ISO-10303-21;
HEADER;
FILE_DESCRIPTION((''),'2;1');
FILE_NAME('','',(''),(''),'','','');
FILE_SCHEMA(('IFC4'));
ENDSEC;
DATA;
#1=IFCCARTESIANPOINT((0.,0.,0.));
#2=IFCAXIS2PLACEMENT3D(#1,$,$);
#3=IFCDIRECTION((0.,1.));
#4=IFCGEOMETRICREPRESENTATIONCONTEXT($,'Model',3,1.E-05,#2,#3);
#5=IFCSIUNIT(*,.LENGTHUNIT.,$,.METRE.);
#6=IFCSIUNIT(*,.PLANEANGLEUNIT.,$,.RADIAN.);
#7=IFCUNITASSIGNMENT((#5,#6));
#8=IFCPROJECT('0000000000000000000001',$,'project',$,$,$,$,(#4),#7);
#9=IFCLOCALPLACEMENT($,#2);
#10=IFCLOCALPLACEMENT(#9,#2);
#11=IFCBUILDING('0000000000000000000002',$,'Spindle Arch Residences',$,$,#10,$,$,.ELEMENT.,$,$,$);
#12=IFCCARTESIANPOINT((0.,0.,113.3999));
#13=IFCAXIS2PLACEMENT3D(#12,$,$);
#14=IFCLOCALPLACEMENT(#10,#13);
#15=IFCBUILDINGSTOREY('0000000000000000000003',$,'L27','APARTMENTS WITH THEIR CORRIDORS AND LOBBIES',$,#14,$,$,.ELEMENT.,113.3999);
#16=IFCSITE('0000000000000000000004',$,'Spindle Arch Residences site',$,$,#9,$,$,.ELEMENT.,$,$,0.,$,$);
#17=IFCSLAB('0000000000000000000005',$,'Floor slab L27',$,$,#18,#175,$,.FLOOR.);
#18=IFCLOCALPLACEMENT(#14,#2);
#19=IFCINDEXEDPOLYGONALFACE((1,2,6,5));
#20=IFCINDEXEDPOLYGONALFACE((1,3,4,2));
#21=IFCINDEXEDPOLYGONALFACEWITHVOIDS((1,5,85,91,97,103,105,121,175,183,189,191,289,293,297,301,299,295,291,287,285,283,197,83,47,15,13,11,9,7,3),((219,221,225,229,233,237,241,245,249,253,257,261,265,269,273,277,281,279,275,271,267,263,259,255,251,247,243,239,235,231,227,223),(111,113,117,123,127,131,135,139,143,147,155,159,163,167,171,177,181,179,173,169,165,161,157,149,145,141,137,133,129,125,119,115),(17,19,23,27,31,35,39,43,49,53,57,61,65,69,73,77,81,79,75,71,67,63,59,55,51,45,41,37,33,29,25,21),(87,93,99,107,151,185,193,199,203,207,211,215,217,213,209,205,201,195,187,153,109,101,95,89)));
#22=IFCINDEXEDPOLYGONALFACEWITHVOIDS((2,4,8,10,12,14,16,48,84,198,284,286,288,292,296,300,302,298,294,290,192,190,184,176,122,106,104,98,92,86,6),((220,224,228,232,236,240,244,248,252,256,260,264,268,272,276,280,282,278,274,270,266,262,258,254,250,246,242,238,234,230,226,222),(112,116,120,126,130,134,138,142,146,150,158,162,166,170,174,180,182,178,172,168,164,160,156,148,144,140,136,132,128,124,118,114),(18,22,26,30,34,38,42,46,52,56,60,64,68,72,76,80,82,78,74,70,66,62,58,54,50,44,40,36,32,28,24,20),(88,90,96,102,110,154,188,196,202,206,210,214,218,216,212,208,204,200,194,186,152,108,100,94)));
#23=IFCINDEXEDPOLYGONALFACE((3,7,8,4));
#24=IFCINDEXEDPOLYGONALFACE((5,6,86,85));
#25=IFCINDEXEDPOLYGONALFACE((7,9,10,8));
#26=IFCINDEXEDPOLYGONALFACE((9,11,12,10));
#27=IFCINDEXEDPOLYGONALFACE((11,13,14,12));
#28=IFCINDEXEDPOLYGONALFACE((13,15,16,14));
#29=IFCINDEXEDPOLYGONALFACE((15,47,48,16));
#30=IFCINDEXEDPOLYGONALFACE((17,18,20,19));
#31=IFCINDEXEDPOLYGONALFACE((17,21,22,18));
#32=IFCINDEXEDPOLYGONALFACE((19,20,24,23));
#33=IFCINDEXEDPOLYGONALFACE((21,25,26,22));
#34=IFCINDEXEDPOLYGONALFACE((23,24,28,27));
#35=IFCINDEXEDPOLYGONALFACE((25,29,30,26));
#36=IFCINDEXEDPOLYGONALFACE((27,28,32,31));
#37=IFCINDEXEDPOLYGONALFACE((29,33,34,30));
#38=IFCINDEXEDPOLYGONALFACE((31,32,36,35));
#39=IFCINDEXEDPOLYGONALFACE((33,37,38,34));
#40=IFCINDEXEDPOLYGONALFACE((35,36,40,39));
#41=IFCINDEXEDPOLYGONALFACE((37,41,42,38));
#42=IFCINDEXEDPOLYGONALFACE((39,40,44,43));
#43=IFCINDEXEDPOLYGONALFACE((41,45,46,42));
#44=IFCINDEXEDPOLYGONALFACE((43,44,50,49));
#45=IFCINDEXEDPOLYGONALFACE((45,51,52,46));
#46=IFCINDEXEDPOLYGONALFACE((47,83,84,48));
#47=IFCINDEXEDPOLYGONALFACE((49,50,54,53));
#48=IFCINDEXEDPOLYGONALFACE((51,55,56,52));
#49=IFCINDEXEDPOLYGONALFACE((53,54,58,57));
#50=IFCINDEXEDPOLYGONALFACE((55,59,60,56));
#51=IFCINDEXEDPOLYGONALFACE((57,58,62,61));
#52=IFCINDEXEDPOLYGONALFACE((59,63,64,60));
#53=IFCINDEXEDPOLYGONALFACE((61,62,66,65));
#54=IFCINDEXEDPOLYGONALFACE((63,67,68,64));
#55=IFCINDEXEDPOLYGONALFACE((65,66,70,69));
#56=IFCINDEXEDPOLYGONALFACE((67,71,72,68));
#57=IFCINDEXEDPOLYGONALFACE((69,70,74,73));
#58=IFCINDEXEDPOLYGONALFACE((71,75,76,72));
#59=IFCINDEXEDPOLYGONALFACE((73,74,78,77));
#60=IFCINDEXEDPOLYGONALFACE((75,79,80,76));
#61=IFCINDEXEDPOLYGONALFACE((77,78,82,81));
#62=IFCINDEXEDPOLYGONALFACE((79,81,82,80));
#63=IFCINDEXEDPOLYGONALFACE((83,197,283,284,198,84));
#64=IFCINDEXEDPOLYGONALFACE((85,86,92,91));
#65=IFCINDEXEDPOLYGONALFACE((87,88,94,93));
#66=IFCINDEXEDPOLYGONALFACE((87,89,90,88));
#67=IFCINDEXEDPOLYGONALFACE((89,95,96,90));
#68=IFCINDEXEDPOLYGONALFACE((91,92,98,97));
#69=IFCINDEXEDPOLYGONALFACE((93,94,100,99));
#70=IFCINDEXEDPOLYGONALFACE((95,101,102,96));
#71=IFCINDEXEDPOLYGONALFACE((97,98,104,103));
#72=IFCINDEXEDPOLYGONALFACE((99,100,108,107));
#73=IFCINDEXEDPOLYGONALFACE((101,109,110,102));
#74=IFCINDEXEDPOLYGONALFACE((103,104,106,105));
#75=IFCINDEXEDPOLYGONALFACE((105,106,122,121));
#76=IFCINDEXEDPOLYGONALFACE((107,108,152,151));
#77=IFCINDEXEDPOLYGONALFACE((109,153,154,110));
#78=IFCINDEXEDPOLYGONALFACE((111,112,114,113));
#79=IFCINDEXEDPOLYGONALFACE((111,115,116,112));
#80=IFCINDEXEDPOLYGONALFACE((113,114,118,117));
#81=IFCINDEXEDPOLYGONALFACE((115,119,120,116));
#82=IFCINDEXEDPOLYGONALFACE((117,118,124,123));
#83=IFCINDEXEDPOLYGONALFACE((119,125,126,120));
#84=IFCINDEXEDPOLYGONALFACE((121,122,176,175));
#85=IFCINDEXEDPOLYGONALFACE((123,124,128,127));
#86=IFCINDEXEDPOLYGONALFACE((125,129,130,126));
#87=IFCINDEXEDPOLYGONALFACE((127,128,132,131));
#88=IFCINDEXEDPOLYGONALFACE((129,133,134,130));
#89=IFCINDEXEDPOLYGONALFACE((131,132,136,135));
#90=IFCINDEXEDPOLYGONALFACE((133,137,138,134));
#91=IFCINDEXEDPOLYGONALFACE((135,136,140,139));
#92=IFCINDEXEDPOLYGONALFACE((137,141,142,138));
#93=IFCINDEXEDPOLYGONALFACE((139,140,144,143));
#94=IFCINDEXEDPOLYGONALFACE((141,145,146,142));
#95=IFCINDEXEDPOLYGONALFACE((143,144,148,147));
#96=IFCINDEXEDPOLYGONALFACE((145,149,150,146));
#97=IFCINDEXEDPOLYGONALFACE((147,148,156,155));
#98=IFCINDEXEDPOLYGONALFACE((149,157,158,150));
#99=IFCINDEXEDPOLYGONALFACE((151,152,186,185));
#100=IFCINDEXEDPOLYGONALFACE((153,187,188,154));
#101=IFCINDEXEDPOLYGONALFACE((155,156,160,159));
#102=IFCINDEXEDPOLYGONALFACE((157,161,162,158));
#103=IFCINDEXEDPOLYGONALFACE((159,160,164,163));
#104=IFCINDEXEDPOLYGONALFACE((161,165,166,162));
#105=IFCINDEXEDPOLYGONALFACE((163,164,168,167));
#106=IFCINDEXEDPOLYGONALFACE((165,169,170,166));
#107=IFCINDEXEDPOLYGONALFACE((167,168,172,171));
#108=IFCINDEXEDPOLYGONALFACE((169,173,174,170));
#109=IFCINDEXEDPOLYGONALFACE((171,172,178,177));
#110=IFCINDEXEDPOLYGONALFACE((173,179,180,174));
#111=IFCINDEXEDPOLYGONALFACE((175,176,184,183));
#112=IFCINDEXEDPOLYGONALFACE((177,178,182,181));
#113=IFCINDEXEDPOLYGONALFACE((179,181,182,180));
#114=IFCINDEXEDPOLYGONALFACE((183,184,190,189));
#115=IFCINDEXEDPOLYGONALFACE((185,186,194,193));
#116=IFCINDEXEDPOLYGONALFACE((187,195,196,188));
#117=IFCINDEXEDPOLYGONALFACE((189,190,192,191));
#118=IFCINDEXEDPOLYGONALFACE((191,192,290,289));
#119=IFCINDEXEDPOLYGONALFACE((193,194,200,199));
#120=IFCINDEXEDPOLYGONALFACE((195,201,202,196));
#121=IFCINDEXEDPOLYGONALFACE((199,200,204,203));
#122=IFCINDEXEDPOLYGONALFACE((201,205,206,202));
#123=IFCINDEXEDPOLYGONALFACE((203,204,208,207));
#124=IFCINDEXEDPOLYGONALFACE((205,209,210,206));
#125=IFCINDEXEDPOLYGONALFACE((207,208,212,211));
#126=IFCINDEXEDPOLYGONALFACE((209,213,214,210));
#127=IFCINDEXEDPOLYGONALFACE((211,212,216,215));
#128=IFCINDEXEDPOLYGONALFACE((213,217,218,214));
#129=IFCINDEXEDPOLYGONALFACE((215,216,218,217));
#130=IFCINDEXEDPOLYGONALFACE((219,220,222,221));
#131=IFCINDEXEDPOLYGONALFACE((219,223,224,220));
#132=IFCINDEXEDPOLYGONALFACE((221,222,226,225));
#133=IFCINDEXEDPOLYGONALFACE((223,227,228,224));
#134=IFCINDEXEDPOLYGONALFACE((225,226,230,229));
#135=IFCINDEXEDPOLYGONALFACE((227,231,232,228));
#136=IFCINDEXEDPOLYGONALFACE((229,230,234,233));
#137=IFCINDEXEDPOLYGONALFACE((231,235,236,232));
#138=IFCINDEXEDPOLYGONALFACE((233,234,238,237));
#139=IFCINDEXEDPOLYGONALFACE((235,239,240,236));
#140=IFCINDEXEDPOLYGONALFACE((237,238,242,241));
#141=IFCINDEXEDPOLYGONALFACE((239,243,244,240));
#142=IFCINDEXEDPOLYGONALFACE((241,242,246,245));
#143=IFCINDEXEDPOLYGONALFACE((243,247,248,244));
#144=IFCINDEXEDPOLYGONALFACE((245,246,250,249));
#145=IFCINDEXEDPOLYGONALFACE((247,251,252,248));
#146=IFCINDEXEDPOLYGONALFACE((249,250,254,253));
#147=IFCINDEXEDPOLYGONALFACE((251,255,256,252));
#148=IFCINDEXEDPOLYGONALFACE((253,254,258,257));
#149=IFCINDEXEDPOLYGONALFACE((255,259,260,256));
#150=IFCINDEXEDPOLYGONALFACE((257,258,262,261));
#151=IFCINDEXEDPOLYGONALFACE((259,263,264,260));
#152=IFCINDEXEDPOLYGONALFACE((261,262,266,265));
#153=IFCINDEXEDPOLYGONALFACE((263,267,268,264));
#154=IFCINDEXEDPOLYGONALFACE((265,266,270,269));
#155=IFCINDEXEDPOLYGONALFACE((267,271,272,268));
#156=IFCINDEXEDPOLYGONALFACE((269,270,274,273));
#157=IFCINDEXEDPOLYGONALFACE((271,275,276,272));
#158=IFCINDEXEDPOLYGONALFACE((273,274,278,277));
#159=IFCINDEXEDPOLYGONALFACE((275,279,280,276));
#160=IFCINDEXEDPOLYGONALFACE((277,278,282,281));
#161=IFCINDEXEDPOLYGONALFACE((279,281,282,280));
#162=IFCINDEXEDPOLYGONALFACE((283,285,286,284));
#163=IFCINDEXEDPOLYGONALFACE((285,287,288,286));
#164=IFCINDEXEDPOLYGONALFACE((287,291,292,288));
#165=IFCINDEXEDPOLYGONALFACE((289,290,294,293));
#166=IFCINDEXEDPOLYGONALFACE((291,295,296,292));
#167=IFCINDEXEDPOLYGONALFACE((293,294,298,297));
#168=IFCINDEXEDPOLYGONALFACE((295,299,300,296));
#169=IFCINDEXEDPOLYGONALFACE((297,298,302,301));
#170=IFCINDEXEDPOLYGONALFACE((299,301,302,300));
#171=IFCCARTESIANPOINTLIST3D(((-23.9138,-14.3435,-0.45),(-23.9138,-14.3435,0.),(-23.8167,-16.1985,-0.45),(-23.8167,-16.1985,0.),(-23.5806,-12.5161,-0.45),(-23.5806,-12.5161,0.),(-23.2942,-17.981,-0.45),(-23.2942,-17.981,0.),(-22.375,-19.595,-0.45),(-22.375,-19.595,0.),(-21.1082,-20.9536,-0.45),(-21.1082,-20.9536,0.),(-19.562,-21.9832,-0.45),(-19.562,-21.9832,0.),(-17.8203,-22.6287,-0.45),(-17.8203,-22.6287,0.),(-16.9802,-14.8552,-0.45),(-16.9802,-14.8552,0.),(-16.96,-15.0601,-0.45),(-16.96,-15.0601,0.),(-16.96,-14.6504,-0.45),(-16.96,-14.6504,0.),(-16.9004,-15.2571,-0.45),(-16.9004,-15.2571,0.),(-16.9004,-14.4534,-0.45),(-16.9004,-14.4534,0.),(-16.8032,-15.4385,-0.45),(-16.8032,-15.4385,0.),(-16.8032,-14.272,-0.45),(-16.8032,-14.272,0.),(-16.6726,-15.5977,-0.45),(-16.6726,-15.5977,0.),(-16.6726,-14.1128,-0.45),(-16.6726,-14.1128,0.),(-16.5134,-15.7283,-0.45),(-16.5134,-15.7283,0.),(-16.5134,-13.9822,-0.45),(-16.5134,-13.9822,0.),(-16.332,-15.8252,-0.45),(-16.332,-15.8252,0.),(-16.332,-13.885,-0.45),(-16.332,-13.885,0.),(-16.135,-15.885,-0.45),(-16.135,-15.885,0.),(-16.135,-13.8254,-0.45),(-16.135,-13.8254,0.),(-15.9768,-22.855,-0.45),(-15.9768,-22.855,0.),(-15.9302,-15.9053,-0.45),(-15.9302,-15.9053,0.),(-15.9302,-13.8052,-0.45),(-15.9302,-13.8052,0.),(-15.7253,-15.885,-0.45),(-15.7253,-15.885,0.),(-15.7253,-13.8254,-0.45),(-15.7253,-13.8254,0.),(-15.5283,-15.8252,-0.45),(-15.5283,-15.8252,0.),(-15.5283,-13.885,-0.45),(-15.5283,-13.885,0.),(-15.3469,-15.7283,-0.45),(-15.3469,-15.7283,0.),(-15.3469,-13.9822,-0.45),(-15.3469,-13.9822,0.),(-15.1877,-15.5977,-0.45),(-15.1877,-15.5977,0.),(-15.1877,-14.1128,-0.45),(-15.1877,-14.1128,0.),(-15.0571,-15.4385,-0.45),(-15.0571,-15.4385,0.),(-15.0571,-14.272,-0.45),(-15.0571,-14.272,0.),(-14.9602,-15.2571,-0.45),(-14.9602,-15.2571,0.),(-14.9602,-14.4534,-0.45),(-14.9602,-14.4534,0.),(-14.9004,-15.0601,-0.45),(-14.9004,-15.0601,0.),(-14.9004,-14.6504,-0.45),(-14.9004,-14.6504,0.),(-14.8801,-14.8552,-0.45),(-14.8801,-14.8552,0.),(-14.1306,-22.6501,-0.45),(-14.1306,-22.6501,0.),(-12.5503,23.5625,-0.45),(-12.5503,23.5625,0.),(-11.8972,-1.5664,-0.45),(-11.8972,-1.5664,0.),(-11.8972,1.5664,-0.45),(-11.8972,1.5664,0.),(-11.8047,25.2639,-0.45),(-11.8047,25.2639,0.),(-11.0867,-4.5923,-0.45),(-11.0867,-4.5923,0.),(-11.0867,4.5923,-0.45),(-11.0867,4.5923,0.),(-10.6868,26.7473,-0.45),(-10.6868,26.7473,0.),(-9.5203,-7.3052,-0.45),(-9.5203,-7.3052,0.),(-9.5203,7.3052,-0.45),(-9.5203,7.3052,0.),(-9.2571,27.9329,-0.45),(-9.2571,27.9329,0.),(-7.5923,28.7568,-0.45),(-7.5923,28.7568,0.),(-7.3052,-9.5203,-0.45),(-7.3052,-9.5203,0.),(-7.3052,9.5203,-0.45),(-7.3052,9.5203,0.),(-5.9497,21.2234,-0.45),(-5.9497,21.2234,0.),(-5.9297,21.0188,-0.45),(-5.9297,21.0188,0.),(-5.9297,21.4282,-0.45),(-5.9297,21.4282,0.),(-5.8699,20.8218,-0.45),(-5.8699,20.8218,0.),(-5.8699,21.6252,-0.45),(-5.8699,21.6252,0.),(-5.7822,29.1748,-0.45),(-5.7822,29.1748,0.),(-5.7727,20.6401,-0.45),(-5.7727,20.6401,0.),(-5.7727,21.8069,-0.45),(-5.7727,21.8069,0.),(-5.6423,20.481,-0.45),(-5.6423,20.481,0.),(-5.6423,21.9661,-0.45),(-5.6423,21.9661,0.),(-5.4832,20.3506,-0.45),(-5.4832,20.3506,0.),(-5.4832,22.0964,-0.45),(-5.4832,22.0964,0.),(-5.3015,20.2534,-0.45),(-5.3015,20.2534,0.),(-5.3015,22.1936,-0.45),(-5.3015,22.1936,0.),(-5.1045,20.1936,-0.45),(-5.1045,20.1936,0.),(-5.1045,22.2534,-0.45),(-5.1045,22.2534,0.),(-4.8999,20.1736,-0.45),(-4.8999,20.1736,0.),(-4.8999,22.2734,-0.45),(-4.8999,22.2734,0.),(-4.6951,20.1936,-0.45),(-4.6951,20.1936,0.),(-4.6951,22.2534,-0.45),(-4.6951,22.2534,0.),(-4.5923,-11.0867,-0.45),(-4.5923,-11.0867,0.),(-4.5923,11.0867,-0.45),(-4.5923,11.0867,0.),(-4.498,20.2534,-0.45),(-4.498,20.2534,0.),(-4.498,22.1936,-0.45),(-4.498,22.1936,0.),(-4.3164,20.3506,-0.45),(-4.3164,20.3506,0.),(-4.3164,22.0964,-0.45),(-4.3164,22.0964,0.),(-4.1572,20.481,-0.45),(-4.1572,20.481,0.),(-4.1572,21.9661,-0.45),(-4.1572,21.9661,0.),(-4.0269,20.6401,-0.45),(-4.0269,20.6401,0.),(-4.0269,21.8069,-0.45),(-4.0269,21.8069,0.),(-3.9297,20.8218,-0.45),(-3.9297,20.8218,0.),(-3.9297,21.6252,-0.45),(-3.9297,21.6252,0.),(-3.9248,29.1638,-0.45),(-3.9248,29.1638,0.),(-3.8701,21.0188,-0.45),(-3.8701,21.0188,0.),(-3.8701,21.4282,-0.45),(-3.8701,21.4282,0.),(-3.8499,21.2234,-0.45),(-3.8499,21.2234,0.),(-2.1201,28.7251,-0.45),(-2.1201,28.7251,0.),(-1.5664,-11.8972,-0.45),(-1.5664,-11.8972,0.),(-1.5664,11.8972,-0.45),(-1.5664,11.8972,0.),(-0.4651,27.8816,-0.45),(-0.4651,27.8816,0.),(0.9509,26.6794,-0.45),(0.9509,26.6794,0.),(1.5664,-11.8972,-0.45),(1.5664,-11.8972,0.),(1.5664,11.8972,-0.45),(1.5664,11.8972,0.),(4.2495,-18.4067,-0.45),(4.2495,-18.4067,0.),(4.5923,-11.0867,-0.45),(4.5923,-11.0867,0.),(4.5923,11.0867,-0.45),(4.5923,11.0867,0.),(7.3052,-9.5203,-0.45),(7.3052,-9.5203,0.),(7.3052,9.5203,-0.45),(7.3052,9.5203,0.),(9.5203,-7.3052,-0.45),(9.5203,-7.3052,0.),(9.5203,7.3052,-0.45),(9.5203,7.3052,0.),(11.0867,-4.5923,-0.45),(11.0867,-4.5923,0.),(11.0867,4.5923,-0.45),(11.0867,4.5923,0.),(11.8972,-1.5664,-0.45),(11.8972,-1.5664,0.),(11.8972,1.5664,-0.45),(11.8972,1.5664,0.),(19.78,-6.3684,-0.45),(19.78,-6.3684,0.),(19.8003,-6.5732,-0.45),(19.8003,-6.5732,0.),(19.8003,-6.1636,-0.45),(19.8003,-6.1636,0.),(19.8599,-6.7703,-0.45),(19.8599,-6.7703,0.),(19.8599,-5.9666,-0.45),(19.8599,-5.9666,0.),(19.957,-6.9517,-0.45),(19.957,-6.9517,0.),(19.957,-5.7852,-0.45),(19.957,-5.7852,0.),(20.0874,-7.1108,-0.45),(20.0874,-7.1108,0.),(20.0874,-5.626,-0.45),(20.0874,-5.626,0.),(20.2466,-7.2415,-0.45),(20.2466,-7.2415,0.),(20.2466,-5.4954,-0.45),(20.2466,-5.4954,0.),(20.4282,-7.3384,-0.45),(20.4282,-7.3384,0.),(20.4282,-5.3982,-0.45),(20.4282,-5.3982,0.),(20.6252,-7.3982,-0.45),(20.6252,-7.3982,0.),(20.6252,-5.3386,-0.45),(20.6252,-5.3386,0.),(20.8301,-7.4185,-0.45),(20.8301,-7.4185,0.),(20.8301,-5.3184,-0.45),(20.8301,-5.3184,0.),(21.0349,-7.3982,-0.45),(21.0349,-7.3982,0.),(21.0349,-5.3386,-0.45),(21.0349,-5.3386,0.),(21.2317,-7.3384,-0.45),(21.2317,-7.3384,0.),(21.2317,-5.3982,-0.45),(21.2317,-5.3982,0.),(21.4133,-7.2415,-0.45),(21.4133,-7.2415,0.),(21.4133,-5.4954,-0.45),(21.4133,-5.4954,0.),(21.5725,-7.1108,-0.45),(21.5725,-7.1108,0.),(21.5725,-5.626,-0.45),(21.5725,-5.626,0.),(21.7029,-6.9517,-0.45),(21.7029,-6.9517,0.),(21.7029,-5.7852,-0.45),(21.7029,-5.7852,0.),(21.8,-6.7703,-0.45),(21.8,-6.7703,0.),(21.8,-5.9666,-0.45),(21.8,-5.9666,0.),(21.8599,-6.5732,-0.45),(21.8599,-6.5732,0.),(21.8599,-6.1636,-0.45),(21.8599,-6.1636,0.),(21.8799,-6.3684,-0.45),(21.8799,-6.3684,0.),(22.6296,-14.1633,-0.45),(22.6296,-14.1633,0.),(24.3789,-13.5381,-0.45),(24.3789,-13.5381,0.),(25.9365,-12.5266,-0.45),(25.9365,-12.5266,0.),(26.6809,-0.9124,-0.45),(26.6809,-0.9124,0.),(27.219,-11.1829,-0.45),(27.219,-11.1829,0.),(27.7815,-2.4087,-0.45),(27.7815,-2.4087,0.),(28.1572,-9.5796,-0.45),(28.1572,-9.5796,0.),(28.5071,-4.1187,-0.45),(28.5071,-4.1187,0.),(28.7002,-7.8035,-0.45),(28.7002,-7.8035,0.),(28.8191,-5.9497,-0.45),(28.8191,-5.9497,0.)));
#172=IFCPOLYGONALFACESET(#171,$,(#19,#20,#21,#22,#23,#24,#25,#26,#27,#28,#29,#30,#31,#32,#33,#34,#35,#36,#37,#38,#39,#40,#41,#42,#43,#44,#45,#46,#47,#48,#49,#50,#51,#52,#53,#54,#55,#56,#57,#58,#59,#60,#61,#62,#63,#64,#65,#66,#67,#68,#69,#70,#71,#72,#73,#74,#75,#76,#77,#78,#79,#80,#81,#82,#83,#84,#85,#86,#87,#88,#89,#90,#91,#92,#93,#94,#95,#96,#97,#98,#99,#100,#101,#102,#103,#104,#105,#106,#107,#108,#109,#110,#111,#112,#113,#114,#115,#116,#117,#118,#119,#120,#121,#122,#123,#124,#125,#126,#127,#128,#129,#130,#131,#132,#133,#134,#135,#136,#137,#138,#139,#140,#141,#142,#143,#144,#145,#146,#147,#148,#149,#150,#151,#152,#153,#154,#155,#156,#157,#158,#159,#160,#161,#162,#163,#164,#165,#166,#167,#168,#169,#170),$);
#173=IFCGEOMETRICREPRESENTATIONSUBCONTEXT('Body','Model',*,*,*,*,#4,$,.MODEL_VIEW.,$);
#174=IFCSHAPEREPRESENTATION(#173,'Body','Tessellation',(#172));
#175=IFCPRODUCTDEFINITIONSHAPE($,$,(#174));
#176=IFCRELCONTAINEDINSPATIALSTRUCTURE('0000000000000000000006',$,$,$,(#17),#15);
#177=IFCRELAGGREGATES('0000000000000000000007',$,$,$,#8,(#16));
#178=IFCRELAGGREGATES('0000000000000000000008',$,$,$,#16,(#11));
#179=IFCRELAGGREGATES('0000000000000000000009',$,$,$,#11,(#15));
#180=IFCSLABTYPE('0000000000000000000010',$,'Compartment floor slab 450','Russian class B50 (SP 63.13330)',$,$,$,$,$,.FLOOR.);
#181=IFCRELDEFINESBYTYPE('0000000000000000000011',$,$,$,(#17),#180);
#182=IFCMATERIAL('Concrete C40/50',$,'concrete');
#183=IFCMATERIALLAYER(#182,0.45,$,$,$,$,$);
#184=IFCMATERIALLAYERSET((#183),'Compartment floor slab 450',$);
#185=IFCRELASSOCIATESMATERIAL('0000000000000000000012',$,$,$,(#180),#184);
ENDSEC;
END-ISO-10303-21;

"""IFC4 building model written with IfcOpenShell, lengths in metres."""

from ifc_helpers import new_model, si_unit, direction, frame, origin, place, context, subcontext, project, spatial, polyline, outline, extrude, material, layer, layer_set, type_object, element, save


model = new_model("IFC4")

# Units and contexts
model_context = context("Model", 3, precision=1e-05, world=origin(), true_north=direction((0.0, 1.0)))
body_context = subcontext(model_context, "Body", "Model", "MODEL_VIEW")
ifc_project = project(units=[si_unit("LENGTHUNIT", "METRE"), si_unit("PLANEANGLEUNIT", "RADIAN")], contexts=[model_context])

# Site, building, storey
site_placement = place(None, origin())
site = spatial("IfcSite", under=ifc_project, at=site_placement, Name="Spindle Arch Residences site", CompositionType="ELEMENT", RefElevation=0.0)
building_placement = place(site_placement, origin())
building = spatial("IfcBuilding", under=site, at=building_placement, Name="Spindle Arch Residences", CompositionType="ELEMENT")
storey_placement = place(building_placement, frame((0.0, 0.0, 113.3999)))
storey = spatial("IfcBuildingStorey", under=building, at=storey_placement, Name="L27", Description="APARTMENTS WITH THEIR CORRIDORS AND LOBBIES", CompositionType="ELEMENT", Elevation=113.3999)

# Slab
ifc_material_1 = material(Name="Concrete C40/50", Category="concrete")
ifc_layer_1 = layer(ifc_material_1, 0.45)
ifc_layer_set_1 = layer_set([ifc_layer_1], Name="Compartment floor slab 450")
slab_type_1 = type_object("IfcSlabType", Name="Compartment floor slab 450", Description="Russian class B50 (SP 63.13330)", PredefinedType="FLOOR", material=ifc_layer_set_1)
slab_1_placement = place(storey_placement, frame((0.0, 0.0, -0.45)))
element("IfcSlab", 1, at=slab_1_placement, inside=storey, type_object=slab_type_1, Name="Floor slab L27", PredefinedType="FLOOR", context=body_context, shape_type="SweptSolid", body=[
    extrude(outline(polyline([(-15.9768, -22.855), (-17.8203, -22.6287), (-19.562, -21.9832), (-21.1082, -20.9536), (-22.375, -19.595), (-23.2942, -17.981), (-23.8167, -16.1985), (-23.9138, -14.3435), (-23.5806, -12.5161), (-12.5503, 23.5625), (-11.8047, 25.2639), (-10.6868, 26.7473), (-9.2571, 27.9329), (-7.5923, 28.7568), (-5.7822, 29.1748), (-3.9248, 29.1638), (-2.1201, 28.7251), (-0.4651, 27.8816), (0.9509, 26.6794), (26.6809, -0.9124), (27.7815, -2.4087), (28.5071, -4.1187), (28.8191, -5.9497), (28.7002, -7.8035), (28.1572, -9.5796), (27.219, -11.1829), (25.9365, -12.5266), (24.3789, -13.5381), (22.6296, -14.1633), (4.2495, -18.4067), (-14.1306, -22.6501), (-15.9768, -22.855)]), holes=[polyline([(7.3052, -9.5203), (9.5203, -7.3052), (11.0867, -4.5923), (11.8972, -1.5664), (11.8972, 1.5664), (11.0867, 4.5923), (9.5203, 7.3052), (7.3052, 9.5203), (4.5923, 11.0867), (1.5664, 11.8972), (-1.5664, 11.8972), (-4.5923, 11.0867), (-7.3052, 9.5203), (-9.5203, 7.3052), (-11.0867, 4.5923), (-11.8972, 1.5664), (-11.8972, -1.5664), (-11.0867, -4.5923), (-9.5203, -7.3052), (-7.3052, -9.5203), (-4.5923, -11.0867), (-1.5664, -11.8972), (1.5664, -11.8972), (4.5923, -11.0867), (7.3052, -9.5203)]), polyline([(-15.1877, -15.5977), (-15.0571, -15.4385), (-14.9602, -15.2571), (-14.9004, -15.0601), (-14.8801, -14.8552), (-14.9004, -14.6504), (-14.9602, -14.4534), (-15.0571, -14.272), (-15.1877, -14.1128), (-15.3469, -13.9822), (-15.5283, -13.885), (-15.7253, -13.8254), (-15.9302, -13.8052), (-16.135, -13.8254), (-16.332, -13.885), (-16.5134, -13.9822), (-16.6726, -14.1128), (-16.8032, -14.272), (-16.9004, -14.4534), (-16.96, -14.6504), (-16.9802, -14.8552), (-16.96, -15.0601), (-16.9004, -15.2571), (-16.8032, -15.4385), (-16.6726, -15.5977), (-16.5134, -15.7283), (-16.332, -15.8252), (-16.135, -15.885), (-15.9302, -15.9053), (-15.7253, -15.885), (-15.5283, -15.8252), (-15.3469, -15.7283), (-15.1877, -15.5977)]), polyline([(-4.0269, 20.6401), (-3.9297, 20.8218), (-3.8701, 21.0188), (-3.8499, 21.2234), (-3.8701, 21.4282), (-3.9297, 21.6252), (-4.0269, 21.8069), (-4.1572, 21.9661), (-4.3164, 22.0964), (-4.498, 22.1936), (-4.6951, 22.2534), (-4.8999, 22.2734), (-5.1045, 22.2534), (-5.3015, 22.1936), (-5.4832, 22.0964), (-5.6423, 21.9661), (-5.7727, 21.8069), (-5.8699, 21.6252), (-5.9297, 21.4282), (-5.9497, 21.2234), (-5.9297, 21.0188), (-5.8699, 20.8218), (-5.7727, 20.6401), (-5.6423, 20.481), (-5.4832, 20.3506), (-5.3015, 20.2534), (-5.1045, 20.1936), (-4.8999, 20.1736), (-4.6951, 20.1936), (-4.498, 20.2534), (-4.3164, 20.3506), (-4.1572, 20.481), (-4.0269, 20.6401)]), polyline([(21.7029, -6.9517), (21.8, -6.7703), (21.8599, -6.5732), (21.8799, -6.3684), (21.8599, -6.1636), (21.8, -5.9666), (21.7029, -5.7852), (21.5725, -5.626), (21.4133, -5.4954), (21.2317, -5.3982), (21.0349, -5.3386), (20.8301, -5.3184), (20.6252, -5.3386), (20.4282, -5.3982), (20.2466, -5.4954), (20.0874, -5.626), (19.957, -5.7852), (19.8599, -5.9666), (19.8003, -6.1636), (19.78, -6.3684), (19.8003, -6.5732), (19.8599, -6.7703), (19.957, -6.9517), (20.0874, -7.1108), (20.2466, -7.2415), (20.4282, -7.3384), (20.6252, -7.3982), (20.8301, -7.4185), (21.0349, -7.3982), (21.2317, -7.3384), (21.4133, -7.2415), (21.5725, -7.1108), (21.7029, -6.9517)])]), origin(), (0.0, 0.0, 1.0), 0.45),
])

save(model, "model.ifc")
